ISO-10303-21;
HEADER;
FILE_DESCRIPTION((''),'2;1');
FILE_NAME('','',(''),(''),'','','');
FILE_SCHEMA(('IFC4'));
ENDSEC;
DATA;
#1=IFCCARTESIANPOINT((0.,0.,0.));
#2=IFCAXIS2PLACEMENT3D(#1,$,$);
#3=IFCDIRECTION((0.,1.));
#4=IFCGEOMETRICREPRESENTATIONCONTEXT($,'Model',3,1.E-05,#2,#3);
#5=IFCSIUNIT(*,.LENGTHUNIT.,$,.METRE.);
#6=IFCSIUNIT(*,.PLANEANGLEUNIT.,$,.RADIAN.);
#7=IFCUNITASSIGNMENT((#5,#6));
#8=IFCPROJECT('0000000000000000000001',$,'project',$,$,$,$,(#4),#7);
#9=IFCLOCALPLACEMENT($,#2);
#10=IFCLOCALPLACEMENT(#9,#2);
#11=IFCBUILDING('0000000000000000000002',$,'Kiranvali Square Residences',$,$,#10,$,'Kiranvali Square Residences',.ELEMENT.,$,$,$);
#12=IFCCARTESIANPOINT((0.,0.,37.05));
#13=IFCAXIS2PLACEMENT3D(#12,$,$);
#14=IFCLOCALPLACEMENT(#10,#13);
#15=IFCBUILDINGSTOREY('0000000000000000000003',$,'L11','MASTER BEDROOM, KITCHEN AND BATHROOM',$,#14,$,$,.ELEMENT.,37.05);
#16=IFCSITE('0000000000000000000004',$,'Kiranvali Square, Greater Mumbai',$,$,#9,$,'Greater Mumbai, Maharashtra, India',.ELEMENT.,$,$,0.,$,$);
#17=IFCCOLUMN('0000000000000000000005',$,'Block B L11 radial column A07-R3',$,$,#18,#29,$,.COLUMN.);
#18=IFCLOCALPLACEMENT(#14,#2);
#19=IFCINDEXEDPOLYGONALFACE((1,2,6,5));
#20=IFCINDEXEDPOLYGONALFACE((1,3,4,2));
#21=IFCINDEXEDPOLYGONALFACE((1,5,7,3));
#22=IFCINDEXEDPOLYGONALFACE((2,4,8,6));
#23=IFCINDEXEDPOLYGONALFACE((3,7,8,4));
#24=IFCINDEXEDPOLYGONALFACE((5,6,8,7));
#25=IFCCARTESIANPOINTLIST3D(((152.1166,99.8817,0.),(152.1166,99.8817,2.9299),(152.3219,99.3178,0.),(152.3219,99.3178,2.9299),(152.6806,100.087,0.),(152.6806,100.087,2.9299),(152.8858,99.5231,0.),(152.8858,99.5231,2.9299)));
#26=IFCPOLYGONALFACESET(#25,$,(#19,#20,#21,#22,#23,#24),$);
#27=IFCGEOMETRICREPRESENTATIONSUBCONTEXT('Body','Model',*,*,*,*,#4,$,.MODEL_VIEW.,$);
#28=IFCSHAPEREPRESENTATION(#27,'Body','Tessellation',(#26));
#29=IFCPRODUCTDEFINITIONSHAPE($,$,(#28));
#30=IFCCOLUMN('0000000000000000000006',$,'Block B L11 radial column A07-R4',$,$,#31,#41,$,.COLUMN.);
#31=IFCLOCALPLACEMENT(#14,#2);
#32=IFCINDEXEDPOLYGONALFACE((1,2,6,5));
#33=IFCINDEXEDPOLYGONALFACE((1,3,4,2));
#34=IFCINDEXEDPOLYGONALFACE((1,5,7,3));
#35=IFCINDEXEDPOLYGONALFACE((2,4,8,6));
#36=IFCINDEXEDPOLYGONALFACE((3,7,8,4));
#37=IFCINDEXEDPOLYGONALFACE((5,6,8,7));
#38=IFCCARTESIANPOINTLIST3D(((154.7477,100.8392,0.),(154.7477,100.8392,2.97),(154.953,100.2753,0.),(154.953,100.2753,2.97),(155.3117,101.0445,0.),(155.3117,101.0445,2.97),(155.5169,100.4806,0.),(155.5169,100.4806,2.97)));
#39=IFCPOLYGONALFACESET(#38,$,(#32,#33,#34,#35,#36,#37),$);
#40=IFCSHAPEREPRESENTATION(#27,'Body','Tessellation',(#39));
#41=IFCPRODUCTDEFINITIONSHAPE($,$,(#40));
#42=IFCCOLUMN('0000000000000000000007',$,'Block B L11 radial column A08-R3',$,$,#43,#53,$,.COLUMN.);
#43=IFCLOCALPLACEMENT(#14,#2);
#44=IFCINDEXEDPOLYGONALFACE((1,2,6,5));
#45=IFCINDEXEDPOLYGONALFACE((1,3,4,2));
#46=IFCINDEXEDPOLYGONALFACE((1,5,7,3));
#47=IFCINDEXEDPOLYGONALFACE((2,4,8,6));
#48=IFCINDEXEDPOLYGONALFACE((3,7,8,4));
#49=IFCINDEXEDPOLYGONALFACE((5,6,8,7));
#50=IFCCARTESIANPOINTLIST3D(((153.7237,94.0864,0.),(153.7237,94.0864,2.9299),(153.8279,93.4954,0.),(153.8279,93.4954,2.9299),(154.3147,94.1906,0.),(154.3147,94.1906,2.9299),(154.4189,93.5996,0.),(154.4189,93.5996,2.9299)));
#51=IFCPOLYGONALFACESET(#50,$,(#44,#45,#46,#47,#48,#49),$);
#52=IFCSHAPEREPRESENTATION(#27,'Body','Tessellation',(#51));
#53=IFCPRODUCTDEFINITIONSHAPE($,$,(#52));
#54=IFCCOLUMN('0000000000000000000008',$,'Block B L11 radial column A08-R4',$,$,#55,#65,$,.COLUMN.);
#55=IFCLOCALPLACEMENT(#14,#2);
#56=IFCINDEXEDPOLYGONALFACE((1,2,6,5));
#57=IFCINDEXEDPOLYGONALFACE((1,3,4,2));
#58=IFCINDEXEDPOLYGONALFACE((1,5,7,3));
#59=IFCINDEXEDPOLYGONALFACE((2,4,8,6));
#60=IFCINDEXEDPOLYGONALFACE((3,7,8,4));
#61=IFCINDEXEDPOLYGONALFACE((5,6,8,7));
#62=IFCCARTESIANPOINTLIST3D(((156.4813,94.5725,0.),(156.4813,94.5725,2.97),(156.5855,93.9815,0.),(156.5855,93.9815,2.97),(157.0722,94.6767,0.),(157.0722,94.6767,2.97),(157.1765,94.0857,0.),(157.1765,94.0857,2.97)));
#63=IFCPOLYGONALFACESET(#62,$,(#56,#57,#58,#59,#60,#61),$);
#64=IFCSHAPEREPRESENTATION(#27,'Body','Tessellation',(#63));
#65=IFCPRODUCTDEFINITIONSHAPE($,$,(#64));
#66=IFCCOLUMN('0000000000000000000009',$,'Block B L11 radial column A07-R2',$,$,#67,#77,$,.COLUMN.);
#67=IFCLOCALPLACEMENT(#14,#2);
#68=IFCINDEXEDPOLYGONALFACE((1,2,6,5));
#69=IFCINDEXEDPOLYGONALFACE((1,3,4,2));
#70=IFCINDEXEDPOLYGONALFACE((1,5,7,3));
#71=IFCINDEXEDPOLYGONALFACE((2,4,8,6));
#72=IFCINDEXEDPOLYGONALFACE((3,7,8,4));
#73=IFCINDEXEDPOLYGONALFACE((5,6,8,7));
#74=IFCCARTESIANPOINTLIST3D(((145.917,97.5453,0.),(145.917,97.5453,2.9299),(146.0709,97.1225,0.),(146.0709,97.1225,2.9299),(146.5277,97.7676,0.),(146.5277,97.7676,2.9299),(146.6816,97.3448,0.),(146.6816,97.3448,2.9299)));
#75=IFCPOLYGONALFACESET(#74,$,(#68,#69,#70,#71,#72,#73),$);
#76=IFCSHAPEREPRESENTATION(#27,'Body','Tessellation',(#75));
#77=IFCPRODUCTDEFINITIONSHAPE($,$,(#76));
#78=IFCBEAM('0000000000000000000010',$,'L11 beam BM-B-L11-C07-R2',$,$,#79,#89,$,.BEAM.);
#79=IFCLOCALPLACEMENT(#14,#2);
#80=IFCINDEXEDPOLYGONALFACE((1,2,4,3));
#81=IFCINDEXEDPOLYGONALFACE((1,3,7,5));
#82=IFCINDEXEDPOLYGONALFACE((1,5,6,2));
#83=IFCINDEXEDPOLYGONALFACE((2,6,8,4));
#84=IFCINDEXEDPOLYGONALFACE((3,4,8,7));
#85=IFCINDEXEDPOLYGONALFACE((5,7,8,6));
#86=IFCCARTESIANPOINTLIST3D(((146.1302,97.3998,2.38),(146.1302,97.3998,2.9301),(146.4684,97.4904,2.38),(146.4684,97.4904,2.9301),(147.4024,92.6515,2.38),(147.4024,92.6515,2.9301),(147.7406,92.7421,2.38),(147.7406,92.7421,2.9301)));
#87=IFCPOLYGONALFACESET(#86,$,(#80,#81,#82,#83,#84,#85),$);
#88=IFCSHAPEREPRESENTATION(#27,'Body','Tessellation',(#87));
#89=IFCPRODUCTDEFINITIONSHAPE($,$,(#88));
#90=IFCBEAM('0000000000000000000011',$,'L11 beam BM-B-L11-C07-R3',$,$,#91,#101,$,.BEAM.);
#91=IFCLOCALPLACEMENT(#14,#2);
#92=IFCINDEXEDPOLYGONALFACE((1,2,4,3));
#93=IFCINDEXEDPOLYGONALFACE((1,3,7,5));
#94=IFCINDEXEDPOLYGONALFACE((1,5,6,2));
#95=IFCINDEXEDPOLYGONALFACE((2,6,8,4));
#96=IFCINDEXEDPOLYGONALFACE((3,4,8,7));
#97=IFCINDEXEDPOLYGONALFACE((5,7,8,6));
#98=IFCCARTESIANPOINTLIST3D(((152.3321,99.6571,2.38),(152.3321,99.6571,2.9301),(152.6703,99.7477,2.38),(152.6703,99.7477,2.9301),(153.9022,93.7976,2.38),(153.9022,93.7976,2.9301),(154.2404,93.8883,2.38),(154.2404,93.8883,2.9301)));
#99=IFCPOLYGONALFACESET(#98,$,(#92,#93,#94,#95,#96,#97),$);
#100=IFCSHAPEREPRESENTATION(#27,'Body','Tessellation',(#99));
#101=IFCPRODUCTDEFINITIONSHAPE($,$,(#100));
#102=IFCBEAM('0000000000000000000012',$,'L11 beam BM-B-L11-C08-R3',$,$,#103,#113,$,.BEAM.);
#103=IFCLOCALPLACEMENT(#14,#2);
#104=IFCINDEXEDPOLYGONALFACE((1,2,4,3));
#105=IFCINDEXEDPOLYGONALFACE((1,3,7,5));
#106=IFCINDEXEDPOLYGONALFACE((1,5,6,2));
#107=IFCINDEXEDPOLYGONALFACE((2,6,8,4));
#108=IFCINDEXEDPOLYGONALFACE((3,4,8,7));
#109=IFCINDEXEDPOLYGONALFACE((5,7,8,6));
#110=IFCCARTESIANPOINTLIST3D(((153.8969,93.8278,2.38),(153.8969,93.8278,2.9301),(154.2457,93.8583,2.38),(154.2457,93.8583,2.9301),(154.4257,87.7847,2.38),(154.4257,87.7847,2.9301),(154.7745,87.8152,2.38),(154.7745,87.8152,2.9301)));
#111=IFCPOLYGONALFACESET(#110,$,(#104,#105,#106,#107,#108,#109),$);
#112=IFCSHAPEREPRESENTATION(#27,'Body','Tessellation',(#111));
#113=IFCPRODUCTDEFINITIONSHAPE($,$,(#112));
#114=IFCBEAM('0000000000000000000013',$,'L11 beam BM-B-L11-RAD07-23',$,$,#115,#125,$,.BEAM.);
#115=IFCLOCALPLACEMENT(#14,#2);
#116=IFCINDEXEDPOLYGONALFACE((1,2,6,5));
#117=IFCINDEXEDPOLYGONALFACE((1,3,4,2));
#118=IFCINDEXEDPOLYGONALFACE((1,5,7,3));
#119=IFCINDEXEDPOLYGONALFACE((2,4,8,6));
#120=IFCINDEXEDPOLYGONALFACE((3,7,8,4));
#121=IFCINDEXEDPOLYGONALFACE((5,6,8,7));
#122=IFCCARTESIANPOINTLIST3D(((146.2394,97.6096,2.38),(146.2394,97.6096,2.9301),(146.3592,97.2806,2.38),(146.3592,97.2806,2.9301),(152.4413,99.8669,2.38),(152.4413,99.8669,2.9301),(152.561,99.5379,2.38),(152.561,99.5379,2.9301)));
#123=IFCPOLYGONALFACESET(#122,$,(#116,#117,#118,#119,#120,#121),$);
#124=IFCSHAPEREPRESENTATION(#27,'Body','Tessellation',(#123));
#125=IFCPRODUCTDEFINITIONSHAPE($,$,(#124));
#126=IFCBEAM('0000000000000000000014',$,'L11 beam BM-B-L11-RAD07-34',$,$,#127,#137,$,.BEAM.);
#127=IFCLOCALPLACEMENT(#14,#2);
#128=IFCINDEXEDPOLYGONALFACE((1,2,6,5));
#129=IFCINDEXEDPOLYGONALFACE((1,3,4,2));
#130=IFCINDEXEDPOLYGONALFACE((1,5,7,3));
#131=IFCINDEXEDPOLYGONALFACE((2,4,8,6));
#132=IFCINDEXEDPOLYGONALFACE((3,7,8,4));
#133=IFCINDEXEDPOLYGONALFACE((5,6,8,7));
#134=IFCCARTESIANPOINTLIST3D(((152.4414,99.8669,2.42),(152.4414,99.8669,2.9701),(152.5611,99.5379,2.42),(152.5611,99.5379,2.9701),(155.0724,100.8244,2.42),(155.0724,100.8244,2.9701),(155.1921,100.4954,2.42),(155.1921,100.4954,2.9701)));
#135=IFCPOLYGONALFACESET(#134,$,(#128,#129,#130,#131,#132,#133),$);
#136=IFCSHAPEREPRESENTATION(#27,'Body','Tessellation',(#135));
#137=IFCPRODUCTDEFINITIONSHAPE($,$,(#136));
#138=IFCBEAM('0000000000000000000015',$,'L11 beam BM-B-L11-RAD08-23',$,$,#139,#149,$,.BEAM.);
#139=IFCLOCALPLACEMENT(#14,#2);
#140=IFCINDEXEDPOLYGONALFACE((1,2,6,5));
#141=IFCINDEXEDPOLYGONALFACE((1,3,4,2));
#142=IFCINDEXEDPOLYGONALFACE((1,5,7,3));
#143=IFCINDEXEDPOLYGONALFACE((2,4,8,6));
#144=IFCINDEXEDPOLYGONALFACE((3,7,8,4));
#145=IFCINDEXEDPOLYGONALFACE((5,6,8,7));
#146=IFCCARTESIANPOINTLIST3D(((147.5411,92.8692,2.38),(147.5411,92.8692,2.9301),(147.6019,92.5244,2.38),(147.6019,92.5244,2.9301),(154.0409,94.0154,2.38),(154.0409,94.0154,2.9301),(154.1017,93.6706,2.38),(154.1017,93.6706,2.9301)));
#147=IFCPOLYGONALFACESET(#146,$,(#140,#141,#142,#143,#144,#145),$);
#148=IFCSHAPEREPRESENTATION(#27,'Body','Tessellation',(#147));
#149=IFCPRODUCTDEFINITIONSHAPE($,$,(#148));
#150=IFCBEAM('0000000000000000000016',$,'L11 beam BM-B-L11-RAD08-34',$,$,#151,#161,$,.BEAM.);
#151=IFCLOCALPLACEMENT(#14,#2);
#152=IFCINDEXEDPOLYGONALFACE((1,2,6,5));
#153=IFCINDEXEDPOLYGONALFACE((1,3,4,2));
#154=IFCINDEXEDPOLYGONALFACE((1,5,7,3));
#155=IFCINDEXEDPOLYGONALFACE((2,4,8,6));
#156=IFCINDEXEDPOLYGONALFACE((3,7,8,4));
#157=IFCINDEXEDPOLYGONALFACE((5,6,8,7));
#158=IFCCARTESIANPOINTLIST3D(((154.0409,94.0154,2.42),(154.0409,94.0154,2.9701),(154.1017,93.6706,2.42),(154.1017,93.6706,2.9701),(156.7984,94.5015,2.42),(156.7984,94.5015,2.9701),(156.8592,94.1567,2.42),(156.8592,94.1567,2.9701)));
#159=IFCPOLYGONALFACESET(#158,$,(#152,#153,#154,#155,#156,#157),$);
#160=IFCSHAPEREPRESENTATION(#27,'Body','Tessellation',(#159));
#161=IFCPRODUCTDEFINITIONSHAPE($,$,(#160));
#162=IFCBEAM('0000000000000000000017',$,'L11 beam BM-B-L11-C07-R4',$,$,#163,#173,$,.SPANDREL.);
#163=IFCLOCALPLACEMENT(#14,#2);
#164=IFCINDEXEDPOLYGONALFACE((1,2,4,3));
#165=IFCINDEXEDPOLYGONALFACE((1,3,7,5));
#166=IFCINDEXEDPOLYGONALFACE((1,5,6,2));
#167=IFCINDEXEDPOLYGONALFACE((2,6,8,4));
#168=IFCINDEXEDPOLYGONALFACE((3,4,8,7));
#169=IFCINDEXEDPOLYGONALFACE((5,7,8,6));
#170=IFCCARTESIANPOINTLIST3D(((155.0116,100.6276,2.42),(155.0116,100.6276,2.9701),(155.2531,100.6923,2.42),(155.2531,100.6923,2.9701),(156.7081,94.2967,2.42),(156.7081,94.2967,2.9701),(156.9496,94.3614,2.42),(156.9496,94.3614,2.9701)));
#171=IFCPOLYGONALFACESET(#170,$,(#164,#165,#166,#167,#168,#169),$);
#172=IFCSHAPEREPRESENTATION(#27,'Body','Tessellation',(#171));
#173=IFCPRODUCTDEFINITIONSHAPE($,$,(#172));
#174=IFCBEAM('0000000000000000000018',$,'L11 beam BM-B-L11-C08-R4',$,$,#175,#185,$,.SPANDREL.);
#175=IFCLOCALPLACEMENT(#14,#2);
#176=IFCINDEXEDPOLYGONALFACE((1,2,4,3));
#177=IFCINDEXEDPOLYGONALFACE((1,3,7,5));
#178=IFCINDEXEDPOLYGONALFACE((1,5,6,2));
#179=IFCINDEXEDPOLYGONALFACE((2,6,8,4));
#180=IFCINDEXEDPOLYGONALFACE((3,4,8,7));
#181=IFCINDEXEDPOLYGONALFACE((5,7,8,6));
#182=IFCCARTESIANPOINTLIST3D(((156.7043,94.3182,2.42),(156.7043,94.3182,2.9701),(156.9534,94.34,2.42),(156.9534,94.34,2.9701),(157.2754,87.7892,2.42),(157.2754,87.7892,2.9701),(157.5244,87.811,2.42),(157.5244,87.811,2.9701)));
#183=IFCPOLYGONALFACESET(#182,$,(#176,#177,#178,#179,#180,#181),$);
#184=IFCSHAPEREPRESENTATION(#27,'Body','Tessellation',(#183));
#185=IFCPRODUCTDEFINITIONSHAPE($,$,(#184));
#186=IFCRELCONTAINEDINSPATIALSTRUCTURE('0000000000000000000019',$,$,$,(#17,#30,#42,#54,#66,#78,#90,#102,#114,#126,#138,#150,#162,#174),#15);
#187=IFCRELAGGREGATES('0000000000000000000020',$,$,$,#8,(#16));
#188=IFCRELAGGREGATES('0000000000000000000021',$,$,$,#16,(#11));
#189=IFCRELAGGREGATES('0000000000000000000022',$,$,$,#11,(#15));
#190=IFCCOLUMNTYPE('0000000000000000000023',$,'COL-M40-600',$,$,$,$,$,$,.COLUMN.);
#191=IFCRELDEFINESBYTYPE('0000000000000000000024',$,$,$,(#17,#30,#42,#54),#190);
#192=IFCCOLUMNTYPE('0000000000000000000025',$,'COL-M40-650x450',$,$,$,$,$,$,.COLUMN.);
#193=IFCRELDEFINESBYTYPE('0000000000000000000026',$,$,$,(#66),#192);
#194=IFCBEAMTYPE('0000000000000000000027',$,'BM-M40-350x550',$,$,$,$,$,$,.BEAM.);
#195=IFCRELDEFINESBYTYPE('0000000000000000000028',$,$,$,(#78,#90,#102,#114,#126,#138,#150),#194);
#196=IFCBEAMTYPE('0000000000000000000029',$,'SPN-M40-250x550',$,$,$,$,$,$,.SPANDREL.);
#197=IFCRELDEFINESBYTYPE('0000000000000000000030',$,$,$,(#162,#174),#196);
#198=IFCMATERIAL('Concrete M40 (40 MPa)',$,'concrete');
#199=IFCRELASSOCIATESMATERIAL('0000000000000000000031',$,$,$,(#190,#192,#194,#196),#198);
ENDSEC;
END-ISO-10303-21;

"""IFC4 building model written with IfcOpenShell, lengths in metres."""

from ifc_helpers import new_model, si_unit, direction, frame, origin, origin_2d, place, context, subcontext, project, spatial, rectangle, extrude, material, material_profile, profile_set, type_object, element, save


model = new_model("IFC4")

# Units and contexts
model_context = context("Model", 3, precision=1e-05, world=origin(), true_north=direction((0.0, 1.0)))
body_context = subcontext(model_context, "Body", "Model", "MODEL_VIEW")
ifc_project = project(units=[si_unit("LENGTHUNIT", "METRE"), si_unit("PLANEANGLEUNIT", "RADIAN")], contexts=[model_context])

# Site, building, storey
site_placement = place(None, origin())
site = spatial("IfcSite", under=ifc_project, at=site_placement, Name="Kiranvali Square, Greater Mumbai", LongName="Greater Mumbai, Maharashtra, India", CompositionType="ELEMENT", RefElevation=0.0)
building_placement = place(site_placement, origin())
building = spatial("IfcBuilding", under=site, at=building_placement, Name="Kiranvali Square Residences", LongName="Kiranvali Square Residences", CompositionType="ELEMENT")
storey_placement = place(building_placement, frame((0.0, 0.0, 37.05)))
storey = spatial("IfcBuildingStorey", under=building, at=storey_placement, Name="L11", Description="MASTER BEDROOM, KITCHEN AND BATHROOM", CompositionType="ELEMENT", Elevation=37.05)

# Columns
ifc_material_1 = material(Name="Concrete M40 (40 MPa)", Category="concrete")
ifc_material_profile_1 = material_profile(ifc_material_1, rectangle(XDim=0.6001, YDim=0.6001, at=origin_2d()), Name="RC 600x600")
ifc_profile_set_1 = profile_set([ifc_material_profile_1], Name="Concrete M40 (40 MPa)")
column_type_1 = type_object("IfcColumnType", Name="COL-M40-600", PredefinedType="COLUMN", material=ifc_profile_set_1)
column_1_placement = place(storey_placement, frame((152.5012, 99.7024, 0.0), z_axis=(0.0, 0.0, 1.0), x_axis=(-0.34202, 0.939693, 0.0)))
element("IfcColumn", 1, at=column_1_placement, inside=storey, type_object=column_type_1, Name="Block B L11 radial column A07-R3", PredefinedType="COLUMN", context=body_context, shape_type="SweptSolid", body=[
    extrude(rectangle(XDim=0.6001, YDim=0.6001, at=origin_2d()), origin(), (0.0, 0.0, 1.0), 2.9299),
])
column_2_placement = place(storey_placement, frame((155.1323, 100.6599, 0.0), z_axis=(0.0, 0.0, 1.0), x_axis=(-0.34202, 0.939693, 0.0)))
element("IfcColumn", 2, at=column_2_placement, inside=storey, type_object=column_type_1, Name="Block B L11 radial column A07-R4", PredefinedType="COLUMN", context=body_context, shape_type="SweptSolid", body=[
    extrude(rectangle(XDim=0.6001, YDim=0.6001, at=origin_2d()), origin(), (0.0, 0.0, 1.0), 2.97),
])
column_3_placement = place(storey_placement, frame((154.0713, 93.843, 0.0), z_axis=(0.0, 0.0, 1.0), x_axis=(-0.173648, 0.984808, 0.0)))
element("IfcColumn", 3, at=column_3_placement, inside=storey, type_object=column_type_1, Name="Block B L11 radial column A08-R3", PredefinedType="COLUMN", context=body_context, shape_type="SweptSolid", body=[
    extrude(rectangle(XDim=0.6001, YDim=0.6001, at=origin_2d()), origin(), (0.0, 0.0, 1.0), 2.9299),
])
column_4_placement = place(storey_placement, frame((156.8289, 94.3291, 0.0), z_axis=(0.0, 0.0, 1.0), x_axis=(-0.173648, 0.984808, 0.0)))
element("IfcColumn", 4, at=column_4_placement, inside=storey, type_object=column_type_1, Name="Block B L11 radial column A08-R4", PredefinedType="COLUMN", context=body_context, shape_type="SweptSolid", body=[
    extrude(rectangle(XDim=0.6001, YDim=0.6001, at=origin_2d()), origin(), (0.0, 0.0, 1.0), 2.97),
])
ifc_material_profile_2 = material_profile(ifc_material_1, rectangle(XDim=0.45, YDim=0.6499, at=origin_2d()), Name="RC 650x450")
ifc_profile_set_2 = profile_set([ifc_material_profile_2], Name="Concrete M40 (40 MPa)")
column_type_2 = type_object("IfcColumnType", Name="COL-M40-650x450", PredefinedType="COLUMN", material=ifc_profile_set_2)
column_5_placement = place(storey_placement, frame((146.2993, 97.4451, 0.0), z_axis=(0.0, 0.0, 1.0), x_axis=(-0.34202, 0.939693, 0.0)))
element("IfcColumn", 5, at=column_5_placement, inside=storey, type_object=column_type_2, Name="Block B L11 radial column A07-R2", PredefinedType="COLUMN", context=body_context, shape_type="SweptSolid", body=[
    extrude(rectangle(XDim=0.45, YDim=0.6499, at=origin_2d()), origin(), (0.0, 0.0, 1.0), 2.9299),
])

# Beams
ifc_material_profile_3 = material_profile(ifc_material_1, rectangle(XDim=0.3501, YDim=0.55, at=origin_2d()), Name="RC 350x550")
ifc_profile_set_3 = profile_set([ifc_material_profile_3], Name="Concrete M40 (40 MPa)")
beam_type_1 = type_object("IfcBeamType", Name="BM-M40-350x550", PredefinedType="BEAM", material=ifc_profile_set_3)
beam_1_placement = place(storey_placement, frame((146.2993, 97.4451, 2.655), z_axis=(0.258803, -0.96593, 0.0), x_axis=(0.96593, 0.258803, 0.0)))
element("IfcBeam", 6, at=beam_1_placement, inside=storey, type_object=beam_type_1, Name="L11 beam BM-B-L11-C07-R2", PredefinedType="BEAM", context=body_context, shape_type="SweptSolid", body=[
    extrude(rectangle(XDim=0.3501, YDim=0.55, at=origin_2d()), origin(), (0.0, 0.0, 1.0), 4.9158),
])
for number, where, z_axis, x_axis, name in (
    (7, (152.5012, 99.7024, 2.655), (0.258827, -0.965924, 0.0), (0.965924, 0.258827, 0.0), "L11 beam BM-B-L11-C07-R3"),
    (8, (154.0713, 93.843, 2.655), (0.087175, -0.996193, 0.0), (0.996193, 0.087175, 0.0), "L11 beam BM-B-L11-C08-R3"),
):
    element("IfcBeam", number, at=place(storey_placement, frame(where, z_axis=z_axis, x_axis=x_axis)), inside=storey, type_object=beam_type_1, Name=name, PredefinedType="BEAM", context=body_context, shape_type="SweptSolid", body=[
        extrude(rectangle(XDim=0.3501, YDim=0.55, at=origin_2d()), origin(), (0.0, 0.0, 1.0), 6.0662),
    ])
beam_2_placement = place(storey_placement, frame((146.2993, 97.4451, 2.655), z_axis=(0.939692, 0.342022, 0.0), x_axis=(-0.342022, 0.939692, 0.0)))
element("IfcBeam", 9, at=beam_2_placement, inside=storey, type_object=beam_type_1, Name="L11 beam BM-B-L11-RAD07-23", PredefinedType="BEAM", context=body_context, shape_type="SweptSolid", body=[
    extrude(rectangle(XDim=0.3501, YDim=0.55, at=origin_2d()), origin(), (0.0, 0.0, 1.0), 6.5999),
])
beam_3_placement = place(storey_placement, frame((152.5012, 99.7024, 2.6951), z_axis=(0.939707, 0.341981, 0.0), x_axis=(-0.341981, 0.939707, 0.0)))
element("IfcBeam", 10, at=beam_3_placement, inside=storey, type_object=beam_type_1, Name="L11 beam BM-B-L11-RAD07-34", PredefinedType="BEAM", context=body_context, shape_type="SweptSolid", body=[
    extrude(rectangle(XDim=0.3501, YDim=0.55, at=origin_2d()), origin(), (0.0, 0.0, 1.0), 2.7998),
])
beam_4_placement = place(storey_placement, frame((147.5715, 92.6968, 2.655), z_axis=(0.984804, 0.173671, 0.0), x_axis=(-0.173671, 0.984804, 0.0)))
element("IfcBeam", 11, at=beam_4_placement, inside=storey, type_object=beam_type_1, Name="L11 beam BM-B-L11-RAD08-23", PredefinedType="BEAM", context=body_context, shape_type="SweptSolid", body=[
    extrude(rectangle(XDim=0.3501, YDim=0.55, at=origin_2d()), origin(), (0.0, 0.0, 1.0), 6.6001),
])
beam_5_placement = place(storey_placement, frame((154.0713, 93.843, 2.6951), z_axis=(0.984817, 0.173596, 0.0), x_axis=(-0.173596, 0.984817, 0.0)))
element("IfcBeam", 12, at=beam_5_placement, inside=storey, type_object=beam_type_1, Name="L11 beam BM-B-L11-RAD08-34", PredefinedType="BEAM", context=body_context, shape_type="SweptSolid", body=[
    extrude(rectangle(XDim=0.3501, YDim=0.55, at=origin_2d()), origin(), (0.0, 0.0, 1.0), 2.8),
])
ifc_material_profile_4 = material_profile(ifc_material_1, rectangle(XDim=0.25, YDim=0.55, at=origin_2d()), Name="RC 250x550")
ifc_profile_set_4 = profile_set([ifc_material_profile_4], Name="Concrete M40 (40 MPa)")
beam_type_2 = type_object("IfcBeamType", Name="SPN-M40-250x550", PredefinedType="SPANDREL", material=ifc_profile_set_4)
beam_6_placement = place(storey_placement, frame((155.1323, 100.6599, 2.6951), z_axis=(0.258847, -0.965918, 0.0), x_axis=(0.965918, 0.258847, 0.0)))
element("IfcBeam", 13, at=beam_6_placement, inside=storey, type_object=beam_type_2, Name="L11 beam BM-B-L11-C07-R4", PredefinedType="SPANDREL", context=body_context, shape_type="SweptSolid", body=[
    extrude(rectangle(XDim=0.25, YDim=0.55, at=origin_2d()), origin(), (0.0, 0.0, 1.0), 6.5542),
])
beam_7_placement = place(storey_placement, frame((156.8289, 94.3291, 2.6951), z_axis=(0.08713, -0.996197, 0.0), x_axis=(0.996197, 0.08713, 0.0)))
element("IfcBeam", 14, at=beam_7_placement, inside=storey, type_object=beam_type_2, Name="L11 beam BM-B-L11-C08-R4", PredefinedType="SPANDREL", context=body_context, shape_type="SweptSolid", body=[
    extrude(rectangle(XDim=0.25, YDim=0.55, at=origin_2d()), origin(), (0.0, 0.0, 1.0), 6.554),
])

save(model, "model.ifc")
